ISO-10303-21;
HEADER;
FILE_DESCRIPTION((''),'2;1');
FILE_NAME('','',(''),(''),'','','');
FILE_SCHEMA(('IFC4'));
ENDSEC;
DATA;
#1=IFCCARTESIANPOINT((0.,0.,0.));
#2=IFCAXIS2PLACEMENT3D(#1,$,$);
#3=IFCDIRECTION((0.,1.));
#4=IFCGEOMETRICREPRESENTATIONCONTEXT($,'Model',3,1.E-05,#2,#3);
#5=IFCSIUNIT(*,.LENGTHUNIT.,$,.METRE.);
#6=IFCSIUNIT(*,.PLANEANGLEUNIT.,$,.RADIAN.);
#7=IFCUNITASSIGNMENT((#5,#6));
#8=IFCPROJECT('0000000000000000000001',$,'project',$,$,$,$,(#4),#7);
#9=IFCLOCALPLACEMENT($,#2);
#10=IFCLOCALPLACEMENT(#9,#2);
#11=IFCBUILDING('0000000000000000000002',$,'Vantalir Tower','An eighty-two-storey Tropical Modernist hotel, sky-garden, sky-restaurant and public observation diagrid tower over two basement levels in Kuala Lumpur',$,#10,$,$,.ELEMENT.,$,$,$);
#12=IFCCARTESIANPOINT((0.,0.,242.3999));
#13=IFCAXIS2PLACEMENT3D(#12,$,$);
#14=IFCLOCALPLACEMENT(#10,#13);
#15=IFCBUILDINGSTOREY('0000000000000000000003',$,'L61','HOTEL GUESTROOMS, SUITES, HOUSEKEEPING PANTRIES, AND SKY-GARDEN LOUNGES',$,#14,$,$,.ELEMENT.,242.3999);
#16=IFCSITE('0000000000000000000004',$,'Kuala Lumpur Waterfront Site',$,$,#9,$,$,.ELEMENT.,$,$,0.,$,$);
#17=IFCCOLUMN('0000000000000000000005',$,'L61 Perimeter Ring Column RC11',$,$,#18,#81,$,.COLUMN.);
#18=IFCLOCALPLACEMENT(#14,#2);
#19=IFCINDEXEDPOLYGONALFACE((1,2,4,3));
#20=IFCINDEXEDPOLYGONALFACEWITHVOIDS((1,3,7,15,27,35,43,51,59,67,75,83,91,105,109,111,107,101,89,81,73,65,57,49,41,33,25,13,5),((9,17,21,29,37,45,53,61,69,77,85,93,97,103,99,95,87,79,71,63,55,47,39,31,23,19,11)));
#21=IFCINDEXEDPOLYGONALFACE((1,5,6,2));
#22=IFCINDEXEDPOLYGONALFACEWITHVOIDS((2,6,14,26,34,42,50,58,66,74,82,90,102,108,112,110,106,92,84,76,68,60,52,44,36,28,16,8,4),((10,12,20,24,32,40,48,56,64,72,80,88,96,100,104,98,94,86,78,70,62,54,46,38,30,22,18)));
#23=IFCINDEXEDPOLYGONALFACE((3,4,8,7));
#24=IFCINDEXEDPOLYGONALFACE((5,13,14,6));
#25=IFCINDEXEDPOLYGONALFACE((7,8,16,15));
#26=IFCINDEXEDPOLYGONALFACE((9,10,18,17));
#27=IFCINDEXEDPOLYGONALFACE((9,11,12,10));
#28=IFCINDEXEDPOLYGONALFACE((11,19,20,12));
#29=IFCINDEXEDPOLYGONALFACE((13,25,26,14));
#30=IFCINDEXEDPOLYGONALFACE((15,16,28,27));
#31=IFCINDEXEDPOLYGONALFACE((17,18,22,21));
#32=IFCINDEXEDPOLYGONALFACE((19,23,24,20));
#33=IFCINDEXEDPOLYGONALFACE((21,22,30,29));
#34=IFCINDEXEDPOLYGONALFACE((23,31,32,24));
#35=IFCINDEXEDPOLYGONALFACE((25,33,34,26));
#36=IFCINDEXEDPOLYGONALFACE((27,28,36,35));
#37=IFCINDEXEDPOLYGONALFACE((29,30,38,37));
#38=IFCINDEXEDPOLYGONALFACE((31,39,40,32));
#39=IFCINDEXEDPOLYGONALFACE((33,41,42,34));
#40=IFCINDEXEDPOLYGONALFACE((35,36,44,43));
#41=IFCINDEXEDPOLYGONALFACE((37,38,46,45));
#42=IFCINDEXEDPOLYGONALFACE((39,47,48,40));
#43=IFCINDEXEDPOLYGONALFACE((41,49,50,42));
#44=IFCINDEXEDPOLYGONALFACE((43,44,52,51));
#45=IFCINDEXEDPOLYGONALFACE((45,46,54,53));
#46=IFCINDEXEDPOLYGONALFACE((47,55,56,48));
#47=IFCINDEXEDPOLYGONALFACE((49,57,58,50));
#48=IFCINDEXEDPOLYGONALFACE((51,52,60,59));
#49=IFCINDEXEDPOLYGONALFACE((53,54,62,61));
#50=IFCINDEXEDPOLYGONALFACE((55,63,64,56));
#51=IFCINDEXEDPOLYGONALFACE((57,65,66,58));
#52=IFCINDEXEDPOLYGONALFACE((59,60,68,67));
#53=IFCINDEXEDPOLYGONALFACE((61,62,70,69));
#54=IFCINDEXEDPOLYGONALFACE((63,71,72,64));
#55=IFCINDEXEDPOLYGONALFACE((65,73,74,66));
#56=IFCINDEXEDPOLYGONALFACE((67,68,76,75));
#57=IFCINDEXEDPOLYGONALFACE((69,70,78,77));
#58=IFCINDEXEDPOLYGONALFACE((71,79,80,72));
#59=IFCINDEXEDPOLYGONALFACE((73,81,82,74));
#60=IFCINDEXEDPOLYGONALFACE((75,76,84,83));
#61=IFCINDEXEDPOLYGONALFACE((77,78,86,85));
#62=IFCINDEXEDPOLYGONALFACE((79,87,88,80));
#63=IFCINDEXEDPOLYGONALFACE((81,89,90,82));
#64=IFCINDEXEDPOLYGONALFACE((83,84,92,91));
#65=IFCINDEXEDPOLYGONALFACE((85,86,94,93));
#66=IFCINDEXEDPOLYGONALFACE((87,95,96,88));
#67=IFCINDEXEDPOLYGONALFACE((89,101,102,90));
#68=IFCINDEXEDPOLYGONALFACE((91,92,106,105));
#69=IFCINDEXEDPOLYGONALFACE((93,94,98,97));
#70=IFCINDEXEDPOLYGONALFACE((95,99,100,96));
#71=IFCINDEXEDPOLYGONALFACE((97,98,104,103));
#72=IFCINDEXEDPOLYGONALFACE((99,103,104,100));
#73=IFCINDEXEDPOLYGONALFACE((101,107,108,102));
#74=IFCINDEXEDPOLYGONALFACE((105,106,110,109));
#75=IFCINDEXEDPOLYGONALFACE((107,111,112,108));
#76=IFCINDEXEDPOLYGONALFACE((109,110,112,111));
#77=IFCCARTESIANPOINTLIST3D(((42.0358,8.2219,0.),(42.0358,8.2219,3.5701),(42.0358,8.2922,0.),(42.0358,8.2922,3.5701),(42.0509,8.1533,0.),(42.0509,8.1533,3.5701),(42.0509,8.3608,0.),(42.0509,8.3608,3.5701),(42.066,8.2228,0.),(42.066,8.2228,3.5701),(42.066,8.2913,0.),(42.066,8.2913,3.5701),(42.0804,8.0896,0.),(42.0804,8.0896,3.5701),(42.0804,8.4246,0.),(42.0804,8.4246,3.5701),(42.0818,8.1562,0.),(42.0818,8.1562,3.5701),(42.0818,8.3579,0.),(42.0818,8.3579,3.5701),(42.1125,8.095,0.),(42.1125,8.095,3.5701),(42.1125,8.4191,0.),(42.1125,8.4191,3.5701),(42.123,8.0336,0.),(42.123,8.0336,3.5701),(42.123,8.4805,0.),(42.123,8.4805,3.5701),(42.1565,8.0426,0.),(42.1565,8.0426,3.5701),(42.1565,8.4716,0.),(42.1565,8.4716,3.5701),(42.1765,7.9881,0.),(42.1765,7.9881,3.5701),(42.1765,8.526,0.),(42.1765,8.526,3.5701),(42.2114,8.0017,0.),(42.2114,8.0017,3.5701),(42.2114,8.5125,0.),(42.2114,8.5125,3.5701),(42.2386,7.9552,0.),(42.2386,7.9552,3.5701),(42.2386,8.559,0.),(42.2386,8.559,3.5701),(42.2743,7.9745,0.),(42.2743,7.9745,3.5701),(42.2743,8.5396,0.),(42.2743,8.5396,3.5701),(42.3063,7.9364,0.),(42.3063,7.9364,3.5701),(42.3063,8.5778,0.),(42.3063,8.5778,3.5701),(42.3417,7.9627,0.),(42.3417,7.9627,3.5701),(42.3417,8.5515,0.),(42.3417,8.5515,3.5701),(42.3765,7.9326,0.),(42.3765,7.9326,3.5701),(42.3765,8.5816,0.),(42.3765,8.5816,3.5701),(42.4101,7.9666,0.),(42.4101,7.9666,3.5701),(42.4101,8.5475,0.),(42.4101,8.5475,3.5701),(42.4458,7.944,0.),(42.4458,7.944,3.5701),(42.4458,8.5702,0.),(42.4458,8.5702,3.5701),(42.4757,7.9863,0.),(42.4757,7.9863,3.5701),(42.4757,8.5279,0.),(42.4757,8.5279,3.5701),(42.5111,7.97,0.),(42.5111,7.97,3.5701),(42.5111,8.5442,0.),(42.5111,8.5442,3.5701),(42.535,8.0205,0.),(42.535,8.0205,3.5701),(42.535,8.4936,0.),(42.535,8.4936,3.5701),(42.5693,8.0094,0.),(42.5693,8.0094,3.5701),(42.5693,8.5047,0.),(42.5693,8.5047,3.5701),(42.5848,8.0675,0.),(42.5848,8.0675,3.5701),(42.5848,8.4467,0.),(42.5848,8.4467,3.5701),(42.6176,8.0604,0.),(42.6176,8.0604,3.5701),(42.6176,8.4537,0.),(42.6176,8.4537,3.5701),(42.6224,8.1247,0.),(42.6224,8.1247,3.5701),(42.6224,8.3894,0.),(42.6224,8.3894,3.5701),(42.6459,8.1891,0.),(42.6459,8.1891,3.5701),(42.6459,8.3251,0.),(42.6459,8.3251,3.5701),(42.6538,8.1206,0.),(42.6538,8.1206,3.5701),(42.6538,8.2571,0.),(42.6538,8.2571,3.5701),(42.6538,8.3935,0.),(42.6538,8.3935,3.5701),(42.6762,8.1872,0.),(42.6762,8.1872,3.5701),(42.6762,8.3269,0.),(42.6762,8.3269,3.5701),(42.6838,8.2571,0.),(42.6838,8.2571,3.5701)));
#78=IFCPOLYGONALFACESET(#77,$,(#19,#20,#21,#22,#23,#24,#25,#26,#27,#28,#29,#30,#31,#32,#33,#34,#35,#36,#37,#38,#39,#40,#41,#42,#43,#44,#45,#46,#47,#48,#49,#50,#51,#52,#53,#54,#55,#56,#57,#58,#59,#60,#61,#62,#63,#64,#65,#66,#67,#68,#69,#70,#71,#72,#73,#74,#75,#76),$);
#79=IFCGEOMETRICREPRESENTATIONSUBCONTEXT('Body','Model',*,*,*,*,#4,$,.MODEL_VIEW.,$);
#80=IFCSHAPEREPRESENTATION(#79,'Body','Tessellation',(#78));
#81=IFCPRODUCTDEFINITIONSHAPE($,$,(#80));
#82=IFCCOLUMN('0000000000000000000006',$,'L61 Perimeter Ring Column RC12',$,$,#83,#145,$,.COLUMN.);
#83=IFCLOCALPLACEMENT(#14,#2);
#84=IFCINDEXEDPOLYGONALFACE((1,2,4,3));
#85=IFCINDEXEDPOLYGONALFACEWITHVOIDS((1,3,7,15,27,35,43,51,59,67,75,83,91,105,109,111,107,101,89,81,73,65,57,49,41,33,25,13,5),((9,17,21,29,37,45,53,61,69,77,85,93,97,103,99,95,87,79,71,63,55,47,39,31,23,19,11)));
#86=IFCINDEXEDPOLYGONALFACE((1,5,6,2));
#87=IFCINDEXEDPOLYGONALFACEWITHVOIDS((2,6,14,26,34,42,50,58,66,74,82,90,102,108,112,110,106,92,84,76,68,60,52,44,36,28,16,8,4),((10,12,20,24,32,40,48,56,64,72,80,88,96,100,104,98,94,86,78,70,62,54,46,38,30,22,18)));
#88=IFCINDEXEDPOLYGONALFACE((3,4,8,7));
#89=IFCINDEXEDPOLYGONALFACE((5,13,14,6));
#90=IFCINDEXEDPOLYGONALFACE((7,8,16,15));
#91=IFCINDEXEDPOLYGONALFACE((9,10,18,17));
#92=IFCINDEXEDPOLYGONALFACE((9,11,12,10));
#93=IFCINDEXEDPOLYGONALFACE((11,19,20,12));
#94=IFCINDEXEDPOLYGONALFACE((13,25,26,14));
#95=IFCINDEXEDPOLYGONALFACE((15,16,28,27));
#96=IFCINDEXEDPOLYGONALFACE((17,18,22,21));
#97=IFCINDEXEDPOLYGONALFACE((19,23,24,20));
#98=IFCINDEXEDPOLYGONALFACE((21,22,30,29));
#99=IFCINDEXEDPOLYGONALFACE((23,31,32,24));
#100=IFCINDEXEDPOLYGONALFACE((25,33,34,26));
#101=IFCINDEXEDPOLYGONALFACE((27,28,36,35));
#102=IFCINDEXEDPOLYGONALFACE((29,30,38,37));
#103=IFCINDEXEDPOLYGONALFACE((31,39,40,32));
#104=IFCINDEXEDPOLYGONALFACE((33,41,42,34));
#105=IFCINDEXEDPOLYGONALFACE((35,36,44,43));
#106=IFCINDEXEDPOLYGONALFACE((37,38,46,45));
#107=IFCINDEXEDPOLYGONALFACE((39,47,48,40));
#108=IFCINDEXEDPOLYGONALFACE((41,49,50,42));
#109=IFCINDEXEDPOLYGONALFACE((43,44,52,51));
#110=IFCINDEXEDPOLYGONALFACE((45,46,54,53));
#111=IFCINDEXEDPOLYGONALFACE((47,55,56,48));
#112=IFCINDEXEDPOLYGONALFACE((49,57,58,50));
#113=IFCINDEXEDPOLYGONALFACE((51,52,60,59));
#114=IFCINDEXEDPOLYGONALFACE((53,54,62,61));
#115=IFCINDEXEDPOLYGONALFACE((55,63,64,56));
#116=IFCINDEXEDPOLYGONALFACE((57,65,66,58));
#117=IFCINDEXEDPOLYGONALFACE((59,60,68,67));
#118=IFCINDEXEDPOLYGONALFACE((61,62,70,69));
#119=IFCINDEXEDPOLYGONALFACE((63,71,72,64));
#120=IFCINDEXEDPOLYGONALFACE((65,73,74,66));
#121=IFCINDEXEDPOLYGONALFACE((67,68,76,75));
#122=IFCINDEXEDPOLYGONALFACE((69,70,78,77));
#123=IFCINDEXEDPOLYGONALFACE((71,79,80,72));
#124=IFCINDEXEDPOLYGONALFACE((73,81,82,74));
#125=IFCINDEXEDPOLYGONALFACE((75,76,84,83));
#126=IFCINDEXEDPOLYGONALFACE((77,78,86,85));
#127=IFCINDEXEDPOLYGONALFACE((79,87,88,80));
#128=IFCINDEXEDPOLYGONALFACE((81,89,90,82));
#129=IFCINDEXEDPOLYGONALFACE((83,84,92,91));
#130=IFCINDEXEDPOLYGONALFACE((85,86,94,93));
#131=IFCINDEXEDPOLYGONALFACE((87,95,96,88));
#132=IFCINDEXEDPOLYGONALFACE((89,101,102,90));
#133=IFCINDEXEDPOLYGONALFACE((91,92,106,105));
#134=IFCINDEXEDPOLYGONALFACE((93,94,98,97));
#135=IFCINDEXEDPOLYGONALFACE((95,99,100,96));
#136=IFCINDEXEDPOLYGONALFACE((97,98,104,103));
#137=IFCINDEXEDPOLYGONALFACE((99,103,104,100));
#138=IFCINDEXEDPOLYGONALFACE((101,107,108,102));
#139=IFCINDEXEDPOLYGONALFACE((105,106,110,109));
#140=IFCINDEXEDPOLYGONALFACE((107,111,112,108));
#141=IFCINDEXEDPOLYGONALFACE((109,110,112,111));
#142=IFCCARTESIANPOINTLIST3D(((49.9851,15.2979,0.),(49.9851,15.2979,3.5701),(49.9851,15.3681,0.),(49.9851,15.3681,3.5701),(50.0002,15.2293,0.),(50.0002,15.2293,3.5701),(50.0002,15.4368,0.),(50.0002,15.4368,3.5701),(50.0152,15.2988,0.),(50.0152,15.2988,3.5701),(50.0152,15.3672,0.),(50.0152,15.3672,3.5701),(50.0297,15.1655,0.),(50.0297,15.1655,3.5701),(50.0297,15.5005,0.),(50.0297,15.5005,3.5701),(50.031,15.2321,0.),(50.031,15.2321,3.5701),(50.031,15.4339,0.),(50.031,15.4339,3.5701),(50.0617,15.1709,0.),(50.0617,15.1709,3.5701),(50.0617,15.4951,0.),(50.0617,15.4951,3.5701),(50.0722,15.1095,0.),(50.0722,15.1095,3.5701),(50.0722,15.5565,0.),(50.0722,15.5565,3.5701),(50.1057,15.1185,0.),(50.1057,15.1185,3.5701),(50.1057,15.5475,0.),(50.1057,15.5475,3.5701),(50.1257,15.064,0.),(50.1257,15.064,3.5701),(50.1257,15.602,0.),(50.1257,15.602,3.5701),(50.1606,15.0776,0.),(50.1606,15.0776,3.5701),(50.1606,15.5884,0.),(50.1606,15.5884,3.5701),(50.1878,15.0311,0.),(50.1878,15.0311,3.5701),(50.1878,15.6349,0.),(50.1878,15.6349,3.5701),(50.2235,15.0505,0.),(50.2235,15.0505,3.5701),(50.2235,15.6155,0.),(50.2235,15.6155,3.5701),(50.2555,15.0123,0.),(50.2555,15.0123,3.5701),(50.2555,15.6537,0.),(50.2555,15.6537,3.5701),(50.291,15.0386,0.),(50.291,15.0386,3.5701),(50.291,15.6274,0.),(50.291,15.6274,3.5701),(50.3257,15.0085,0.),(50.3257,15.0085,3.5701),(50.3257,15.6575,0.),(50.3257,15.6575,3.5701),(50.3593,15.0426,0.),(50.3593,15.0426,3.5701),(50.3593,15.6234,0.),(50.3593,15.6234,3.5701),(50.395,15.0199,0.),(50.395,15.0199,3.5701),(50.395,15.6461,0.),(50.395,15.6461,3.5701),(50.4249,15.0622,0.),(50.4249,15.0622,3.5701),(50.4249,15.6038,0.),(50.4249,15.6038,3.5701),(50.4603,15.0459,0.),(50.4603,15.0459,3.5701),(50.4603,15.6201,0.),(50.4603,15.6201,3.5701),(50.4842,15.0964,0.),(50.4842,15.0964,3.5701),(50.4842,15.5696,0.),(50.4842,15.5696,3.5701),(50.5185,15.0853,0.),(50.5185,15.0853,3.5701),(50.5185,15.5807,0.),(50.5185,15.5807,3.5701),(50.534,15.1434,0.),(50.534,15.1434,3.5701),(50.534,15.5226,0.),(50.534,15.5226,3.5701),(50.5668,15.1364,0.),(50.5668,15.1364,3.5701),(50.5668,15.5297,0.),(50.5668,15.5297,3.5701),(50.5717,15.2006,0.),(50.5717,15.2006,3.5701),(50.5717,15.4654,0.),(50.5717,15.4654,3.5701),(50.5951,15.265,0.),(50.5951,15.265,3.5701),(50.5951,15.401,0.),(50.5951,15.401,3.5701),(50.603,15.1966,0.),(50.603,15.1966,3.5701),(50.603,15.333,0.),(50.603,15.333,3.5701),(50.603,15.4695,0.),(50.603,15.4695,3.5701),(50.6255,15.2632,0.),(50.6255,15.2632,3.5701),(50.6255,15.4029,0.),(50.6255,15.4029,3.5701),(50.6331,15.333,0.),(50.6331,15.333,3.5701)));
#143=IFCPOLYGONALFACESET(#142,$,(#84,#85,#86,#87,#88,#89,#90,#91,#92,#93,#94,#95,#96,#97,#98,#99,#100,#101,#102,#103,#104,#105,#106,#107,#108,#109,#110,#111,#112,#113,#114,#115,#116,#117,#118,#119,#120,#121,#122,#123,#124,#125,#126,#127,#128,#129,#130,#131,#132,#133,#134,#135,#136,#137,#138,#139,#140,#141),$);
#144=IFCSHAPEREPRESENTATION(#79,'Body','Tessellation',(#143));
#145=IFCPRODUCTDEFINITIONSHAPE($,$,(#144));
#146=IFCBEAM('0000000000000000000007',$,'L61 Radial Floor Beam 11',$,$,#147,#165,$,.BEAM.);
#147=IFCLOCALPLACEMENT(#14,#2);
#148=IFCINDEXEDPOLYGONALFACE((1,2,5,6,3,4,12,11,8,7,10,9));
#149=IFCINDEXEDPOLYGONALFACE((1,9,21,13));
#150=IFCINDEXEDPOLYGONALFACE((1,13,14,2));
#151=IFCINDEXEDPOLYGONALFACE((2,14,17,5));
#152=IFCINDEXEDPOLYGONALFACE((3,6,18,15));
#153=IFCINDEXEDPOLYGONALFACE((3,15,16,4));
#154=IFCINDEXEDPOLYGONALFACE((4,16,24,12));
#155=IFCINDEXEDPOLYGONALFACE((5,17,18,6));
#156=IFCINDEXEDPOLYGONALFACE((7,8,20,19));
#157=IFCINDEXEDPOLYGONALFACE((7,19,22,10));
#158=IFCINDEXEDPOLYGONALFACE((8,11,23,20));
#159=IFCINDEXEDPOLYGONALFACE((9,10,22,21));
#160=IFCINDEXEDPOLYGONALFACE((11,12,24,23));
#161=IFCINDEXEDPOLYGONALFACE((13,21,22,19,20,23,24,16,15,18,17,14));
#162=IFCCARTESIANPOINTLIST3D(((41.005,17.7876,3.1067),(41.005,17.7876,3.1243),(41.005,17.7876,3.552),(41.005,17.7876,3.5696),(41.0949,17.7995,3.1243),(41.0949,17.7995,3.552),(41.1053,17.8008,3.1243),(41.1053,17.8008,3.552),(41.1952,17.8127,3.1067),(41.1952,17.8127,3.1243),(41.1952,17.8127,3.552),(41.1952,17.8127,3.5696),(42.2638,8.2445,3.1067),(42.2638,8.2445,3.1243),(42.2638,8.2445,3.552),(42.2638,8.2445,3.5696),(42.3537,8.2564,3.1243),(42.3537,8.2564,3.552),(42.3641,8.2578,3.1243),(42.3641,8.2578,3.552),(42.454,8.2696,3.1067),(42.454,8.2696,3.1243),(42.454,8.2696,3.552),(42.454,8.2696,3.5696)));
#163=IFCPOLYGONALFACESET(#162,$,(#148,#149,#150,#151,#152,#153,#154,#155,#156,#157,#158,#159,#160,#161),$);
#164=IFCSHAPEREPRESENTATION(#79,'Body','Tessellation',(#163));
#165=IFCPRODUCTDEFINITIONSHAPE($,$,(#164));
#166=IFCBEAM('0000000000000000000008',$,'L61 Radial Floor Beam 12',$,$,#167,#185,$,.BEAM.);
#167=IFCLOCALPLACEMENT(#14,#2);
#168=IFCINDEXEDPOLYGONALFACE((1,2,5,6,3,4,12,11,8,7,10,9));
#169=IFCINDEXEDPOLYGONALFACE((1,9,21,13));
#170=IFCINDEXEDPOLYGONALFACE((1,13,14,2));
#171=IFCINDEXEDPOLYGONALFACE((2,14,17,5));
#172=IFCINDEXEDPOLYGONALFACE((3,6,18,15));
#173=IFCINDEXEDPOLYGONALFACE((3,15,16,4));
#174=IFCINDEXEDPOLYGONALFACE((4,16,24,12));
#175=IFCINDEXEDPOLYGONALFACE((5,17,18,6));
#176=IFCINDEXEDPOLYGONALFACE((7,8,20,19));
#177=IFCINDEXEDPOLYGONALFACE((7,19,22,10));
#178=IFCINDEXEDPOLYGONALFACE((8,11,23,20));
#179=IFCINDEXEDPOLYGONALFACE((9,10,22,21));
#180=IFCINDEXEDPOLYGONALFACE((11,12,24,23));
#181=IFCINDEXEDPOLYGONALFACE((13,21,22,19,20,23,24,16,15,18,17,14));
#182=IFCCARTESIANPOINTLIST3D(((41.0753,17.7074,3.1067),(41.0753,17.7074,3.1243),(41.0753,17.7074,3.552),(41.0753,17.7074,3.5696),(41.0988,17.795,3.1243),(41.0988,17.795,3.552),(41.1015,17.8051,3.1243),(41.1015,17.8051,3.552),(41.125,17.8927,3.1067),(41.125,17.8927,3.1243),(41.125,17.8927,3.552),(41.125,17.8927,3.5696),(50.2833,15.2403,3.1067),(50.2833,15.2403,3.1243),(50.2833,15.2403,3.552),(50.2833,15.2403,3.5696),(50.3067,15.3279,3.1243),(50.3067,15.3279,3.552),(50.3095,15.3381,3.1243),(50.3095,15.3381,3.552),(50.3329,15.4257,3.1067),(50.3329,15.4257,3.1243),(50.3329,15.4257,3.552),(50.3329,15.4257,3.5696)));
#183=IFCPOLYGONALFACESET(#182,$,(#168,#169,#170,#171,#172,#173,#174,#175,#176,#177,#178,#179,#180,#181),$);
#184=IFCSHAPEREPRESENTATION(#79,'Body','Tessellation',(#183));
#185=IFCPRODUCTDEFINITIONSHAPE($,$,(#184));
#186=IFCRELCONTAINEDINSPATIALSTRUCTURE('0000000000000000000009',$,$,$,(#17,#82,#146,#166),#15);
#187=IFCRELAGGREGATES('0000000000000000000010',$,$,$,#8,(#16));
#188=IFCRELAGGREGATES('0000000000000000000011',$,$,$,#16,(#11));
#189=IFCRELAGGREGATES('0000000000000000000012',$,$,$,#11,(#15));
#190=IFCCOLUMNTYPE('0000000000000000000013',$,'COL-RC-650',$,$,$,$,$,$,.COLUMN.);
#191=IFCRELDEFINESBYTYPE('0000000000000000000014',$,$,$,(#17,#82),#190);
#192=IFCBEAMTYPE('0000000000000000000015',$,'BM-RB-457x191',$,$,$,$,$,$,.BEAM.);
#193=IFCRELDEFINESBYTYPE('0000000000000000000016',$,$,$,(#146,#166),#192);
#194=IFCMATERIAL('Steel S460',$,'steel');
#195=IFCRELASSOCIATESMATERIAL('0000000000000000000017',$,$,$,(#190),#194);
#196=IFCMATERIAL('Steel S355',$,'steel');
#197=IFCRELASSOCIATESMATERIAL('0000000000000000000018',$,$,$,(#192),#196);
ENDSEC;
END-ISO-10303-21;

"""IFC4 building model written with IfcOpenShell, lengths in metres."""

from ifc_helpers import new_model, si_unit, direction, frame, origin, origin_2d, place, context, subcontext, project, spatial, hollow_circle, i_section, extrude, material, material_profile, profile_set, type_object, element, save


model = new_model("IFC4")

# Units and contexts
model_context = context("Model", 3, precision=1e-05, world=origin(), true_north=direction((0.0, 1.0)))
body_context = subcontext(model_context, "Body", "Model", "MODEL_VIEW")
ifc_project = project(units=[si_unit("LENGTHUNIT", "METRE"), si_unit("PLANEANGLEUNIT", "RADIAN")], contexts=[model_context])

# Site, building, storey
site_placement = place(None, origin())
site = spatial("IfcSite", under=ifc_project, at=site_placement, Name="Kuala Lumpur Waterfront Site", CompositionType="ELEMENT", RefElevation=0.0)
building_placement = place(site_placement, origin())
building = spatial("IfcBuilding", under=site, at=building_placement, Name="Vantalir Tower", Description="An eighty-two-storey Tropical Modernist hotel, sky-garden, sky-restaurant and public observation diagrid tower over two basement levels in Kuala Lumpur", CompositionType="ELEMENT")
storey_placement = place(building_placement, frame((0.0, 0.0, 242.3999)))
storey = spatial("IfcBuildingStorey", under=building, at=storey_placement, Name="L61", Description="HOTEL GUESTROOMS, SUITES, HOUSEKEEPING PANTRIES, AND SKY-GARDEN LOUNGES", CompositionType="ELEMENT", Elevation=242.3999)

# Columns
ifc_material_1 = material(Name="Steel S460", Category="steel")
ifc_material_profile_1 = material_profile(ifc_material_1, hollow_circle(Radius=0.325, WallThickness=0.03, at=origin_2d()), Name="Steel S460")
ifc_profile_set_1 = profile_set([ifc_material_profile_1], Name="Steel S460")
column_type = type_object("IfcColumnType", Name="COL-RC-650", PredefinedType="COLUMN", material=ifc_profile_set_1)
for number, where, z_axis, x_axis, name in (
    (1, (42.3589, 8.2571, 0.0), (0.0, 0.0, 1.0), (1.0, 0.0, 0.0), "L61 Perimeter Ring Column RC11"),
    (2, (50.3081, 15.333, 0.0), (0.0, 0.0, 1.0), (1.0, 0.0, 0.0), "L61 Perimeter Ring Column RC12"),
):
    element("IfcColumn", number, at=place(storey_placement, frame(where, z_axis=z_axis, x_axis=x_axis)), inside=storey, type_object=column_type, Name=name, PredefinedType="COLUMN", context=body_context, shape_type="SweptSolid", body=[
        extrude(hollow_circle(Radius=0.325, WallThickness=0.03, at=origin_2d()), origin(), (0.0, 0.0, 1.0), 3.5701),
    ])

# Beams
ifc_material_2 = material(Name="Steel S355", Category="steel")
ifc_material_profile_2 = material_profile(ifc_material_2, i_section(OverallWidth=0.1919, OverallDepth=0.4629, WebThickness=0.0105, FlangeThickness=0.0176, at=origin_2d()), Name="Steel S355")
ifc_profile_set_2 = profile_set([ifc_material_profile_2], Name="Steel S355")
beam_type_1 = type_object("IfcBeamType", Name="BM-RB-457x191", PredefinedType="BEAM", material=ifc_profile_set_2)
beam_1_placement = place(storey_placement, frame((42.3589, 8.2571, 3.3381), z_axis=(-0.130775, 0.991412, 0.0), x_axis=(-0.991412, -0.130775, 0.0)))
element("IfcBeam", 3, at=beam_1_placement, inside=storey, type_object=beam_type_1, Name="L61 Radial Floor Beam 11", PredefinedType="BEAM", context=body_context, shape_type="SweptSolid", body=[
    extrude(i_section(OverallWidth=0.1919, OverallDepth=0.4629, WebThickness=0.0105, FlangeThickness=0.0176, at=origin_2d()), origin(), (0.0, 0.0, 1.0), 9.6257),
])
beam_2_placement = place(storey_placement, frame((50.3081, 15.333, 3.3381), z_axis=(-0.965932, 0.258796, 0.0), x_axis=(-0.258796, -0.965932, 0.0)))
element("IfcBeam", 4, at=beam_2_placement, inside=storey, type_object=beam_type_1, Name="L61 Radial Floor Beam 12", PredefinedType="BEAM", context=body_context, shape_type="SweptSolid", body=[
    extrude(i_section(OverallWidth=0.1919, OverallDepth=0.4629, WebThickness=0.0105, FlangeThickness=0.0176, at=origin_2d()), origin(), (0.0, 0.0, 1.0), 9.5327),
])

save(model, "model.ifc")
